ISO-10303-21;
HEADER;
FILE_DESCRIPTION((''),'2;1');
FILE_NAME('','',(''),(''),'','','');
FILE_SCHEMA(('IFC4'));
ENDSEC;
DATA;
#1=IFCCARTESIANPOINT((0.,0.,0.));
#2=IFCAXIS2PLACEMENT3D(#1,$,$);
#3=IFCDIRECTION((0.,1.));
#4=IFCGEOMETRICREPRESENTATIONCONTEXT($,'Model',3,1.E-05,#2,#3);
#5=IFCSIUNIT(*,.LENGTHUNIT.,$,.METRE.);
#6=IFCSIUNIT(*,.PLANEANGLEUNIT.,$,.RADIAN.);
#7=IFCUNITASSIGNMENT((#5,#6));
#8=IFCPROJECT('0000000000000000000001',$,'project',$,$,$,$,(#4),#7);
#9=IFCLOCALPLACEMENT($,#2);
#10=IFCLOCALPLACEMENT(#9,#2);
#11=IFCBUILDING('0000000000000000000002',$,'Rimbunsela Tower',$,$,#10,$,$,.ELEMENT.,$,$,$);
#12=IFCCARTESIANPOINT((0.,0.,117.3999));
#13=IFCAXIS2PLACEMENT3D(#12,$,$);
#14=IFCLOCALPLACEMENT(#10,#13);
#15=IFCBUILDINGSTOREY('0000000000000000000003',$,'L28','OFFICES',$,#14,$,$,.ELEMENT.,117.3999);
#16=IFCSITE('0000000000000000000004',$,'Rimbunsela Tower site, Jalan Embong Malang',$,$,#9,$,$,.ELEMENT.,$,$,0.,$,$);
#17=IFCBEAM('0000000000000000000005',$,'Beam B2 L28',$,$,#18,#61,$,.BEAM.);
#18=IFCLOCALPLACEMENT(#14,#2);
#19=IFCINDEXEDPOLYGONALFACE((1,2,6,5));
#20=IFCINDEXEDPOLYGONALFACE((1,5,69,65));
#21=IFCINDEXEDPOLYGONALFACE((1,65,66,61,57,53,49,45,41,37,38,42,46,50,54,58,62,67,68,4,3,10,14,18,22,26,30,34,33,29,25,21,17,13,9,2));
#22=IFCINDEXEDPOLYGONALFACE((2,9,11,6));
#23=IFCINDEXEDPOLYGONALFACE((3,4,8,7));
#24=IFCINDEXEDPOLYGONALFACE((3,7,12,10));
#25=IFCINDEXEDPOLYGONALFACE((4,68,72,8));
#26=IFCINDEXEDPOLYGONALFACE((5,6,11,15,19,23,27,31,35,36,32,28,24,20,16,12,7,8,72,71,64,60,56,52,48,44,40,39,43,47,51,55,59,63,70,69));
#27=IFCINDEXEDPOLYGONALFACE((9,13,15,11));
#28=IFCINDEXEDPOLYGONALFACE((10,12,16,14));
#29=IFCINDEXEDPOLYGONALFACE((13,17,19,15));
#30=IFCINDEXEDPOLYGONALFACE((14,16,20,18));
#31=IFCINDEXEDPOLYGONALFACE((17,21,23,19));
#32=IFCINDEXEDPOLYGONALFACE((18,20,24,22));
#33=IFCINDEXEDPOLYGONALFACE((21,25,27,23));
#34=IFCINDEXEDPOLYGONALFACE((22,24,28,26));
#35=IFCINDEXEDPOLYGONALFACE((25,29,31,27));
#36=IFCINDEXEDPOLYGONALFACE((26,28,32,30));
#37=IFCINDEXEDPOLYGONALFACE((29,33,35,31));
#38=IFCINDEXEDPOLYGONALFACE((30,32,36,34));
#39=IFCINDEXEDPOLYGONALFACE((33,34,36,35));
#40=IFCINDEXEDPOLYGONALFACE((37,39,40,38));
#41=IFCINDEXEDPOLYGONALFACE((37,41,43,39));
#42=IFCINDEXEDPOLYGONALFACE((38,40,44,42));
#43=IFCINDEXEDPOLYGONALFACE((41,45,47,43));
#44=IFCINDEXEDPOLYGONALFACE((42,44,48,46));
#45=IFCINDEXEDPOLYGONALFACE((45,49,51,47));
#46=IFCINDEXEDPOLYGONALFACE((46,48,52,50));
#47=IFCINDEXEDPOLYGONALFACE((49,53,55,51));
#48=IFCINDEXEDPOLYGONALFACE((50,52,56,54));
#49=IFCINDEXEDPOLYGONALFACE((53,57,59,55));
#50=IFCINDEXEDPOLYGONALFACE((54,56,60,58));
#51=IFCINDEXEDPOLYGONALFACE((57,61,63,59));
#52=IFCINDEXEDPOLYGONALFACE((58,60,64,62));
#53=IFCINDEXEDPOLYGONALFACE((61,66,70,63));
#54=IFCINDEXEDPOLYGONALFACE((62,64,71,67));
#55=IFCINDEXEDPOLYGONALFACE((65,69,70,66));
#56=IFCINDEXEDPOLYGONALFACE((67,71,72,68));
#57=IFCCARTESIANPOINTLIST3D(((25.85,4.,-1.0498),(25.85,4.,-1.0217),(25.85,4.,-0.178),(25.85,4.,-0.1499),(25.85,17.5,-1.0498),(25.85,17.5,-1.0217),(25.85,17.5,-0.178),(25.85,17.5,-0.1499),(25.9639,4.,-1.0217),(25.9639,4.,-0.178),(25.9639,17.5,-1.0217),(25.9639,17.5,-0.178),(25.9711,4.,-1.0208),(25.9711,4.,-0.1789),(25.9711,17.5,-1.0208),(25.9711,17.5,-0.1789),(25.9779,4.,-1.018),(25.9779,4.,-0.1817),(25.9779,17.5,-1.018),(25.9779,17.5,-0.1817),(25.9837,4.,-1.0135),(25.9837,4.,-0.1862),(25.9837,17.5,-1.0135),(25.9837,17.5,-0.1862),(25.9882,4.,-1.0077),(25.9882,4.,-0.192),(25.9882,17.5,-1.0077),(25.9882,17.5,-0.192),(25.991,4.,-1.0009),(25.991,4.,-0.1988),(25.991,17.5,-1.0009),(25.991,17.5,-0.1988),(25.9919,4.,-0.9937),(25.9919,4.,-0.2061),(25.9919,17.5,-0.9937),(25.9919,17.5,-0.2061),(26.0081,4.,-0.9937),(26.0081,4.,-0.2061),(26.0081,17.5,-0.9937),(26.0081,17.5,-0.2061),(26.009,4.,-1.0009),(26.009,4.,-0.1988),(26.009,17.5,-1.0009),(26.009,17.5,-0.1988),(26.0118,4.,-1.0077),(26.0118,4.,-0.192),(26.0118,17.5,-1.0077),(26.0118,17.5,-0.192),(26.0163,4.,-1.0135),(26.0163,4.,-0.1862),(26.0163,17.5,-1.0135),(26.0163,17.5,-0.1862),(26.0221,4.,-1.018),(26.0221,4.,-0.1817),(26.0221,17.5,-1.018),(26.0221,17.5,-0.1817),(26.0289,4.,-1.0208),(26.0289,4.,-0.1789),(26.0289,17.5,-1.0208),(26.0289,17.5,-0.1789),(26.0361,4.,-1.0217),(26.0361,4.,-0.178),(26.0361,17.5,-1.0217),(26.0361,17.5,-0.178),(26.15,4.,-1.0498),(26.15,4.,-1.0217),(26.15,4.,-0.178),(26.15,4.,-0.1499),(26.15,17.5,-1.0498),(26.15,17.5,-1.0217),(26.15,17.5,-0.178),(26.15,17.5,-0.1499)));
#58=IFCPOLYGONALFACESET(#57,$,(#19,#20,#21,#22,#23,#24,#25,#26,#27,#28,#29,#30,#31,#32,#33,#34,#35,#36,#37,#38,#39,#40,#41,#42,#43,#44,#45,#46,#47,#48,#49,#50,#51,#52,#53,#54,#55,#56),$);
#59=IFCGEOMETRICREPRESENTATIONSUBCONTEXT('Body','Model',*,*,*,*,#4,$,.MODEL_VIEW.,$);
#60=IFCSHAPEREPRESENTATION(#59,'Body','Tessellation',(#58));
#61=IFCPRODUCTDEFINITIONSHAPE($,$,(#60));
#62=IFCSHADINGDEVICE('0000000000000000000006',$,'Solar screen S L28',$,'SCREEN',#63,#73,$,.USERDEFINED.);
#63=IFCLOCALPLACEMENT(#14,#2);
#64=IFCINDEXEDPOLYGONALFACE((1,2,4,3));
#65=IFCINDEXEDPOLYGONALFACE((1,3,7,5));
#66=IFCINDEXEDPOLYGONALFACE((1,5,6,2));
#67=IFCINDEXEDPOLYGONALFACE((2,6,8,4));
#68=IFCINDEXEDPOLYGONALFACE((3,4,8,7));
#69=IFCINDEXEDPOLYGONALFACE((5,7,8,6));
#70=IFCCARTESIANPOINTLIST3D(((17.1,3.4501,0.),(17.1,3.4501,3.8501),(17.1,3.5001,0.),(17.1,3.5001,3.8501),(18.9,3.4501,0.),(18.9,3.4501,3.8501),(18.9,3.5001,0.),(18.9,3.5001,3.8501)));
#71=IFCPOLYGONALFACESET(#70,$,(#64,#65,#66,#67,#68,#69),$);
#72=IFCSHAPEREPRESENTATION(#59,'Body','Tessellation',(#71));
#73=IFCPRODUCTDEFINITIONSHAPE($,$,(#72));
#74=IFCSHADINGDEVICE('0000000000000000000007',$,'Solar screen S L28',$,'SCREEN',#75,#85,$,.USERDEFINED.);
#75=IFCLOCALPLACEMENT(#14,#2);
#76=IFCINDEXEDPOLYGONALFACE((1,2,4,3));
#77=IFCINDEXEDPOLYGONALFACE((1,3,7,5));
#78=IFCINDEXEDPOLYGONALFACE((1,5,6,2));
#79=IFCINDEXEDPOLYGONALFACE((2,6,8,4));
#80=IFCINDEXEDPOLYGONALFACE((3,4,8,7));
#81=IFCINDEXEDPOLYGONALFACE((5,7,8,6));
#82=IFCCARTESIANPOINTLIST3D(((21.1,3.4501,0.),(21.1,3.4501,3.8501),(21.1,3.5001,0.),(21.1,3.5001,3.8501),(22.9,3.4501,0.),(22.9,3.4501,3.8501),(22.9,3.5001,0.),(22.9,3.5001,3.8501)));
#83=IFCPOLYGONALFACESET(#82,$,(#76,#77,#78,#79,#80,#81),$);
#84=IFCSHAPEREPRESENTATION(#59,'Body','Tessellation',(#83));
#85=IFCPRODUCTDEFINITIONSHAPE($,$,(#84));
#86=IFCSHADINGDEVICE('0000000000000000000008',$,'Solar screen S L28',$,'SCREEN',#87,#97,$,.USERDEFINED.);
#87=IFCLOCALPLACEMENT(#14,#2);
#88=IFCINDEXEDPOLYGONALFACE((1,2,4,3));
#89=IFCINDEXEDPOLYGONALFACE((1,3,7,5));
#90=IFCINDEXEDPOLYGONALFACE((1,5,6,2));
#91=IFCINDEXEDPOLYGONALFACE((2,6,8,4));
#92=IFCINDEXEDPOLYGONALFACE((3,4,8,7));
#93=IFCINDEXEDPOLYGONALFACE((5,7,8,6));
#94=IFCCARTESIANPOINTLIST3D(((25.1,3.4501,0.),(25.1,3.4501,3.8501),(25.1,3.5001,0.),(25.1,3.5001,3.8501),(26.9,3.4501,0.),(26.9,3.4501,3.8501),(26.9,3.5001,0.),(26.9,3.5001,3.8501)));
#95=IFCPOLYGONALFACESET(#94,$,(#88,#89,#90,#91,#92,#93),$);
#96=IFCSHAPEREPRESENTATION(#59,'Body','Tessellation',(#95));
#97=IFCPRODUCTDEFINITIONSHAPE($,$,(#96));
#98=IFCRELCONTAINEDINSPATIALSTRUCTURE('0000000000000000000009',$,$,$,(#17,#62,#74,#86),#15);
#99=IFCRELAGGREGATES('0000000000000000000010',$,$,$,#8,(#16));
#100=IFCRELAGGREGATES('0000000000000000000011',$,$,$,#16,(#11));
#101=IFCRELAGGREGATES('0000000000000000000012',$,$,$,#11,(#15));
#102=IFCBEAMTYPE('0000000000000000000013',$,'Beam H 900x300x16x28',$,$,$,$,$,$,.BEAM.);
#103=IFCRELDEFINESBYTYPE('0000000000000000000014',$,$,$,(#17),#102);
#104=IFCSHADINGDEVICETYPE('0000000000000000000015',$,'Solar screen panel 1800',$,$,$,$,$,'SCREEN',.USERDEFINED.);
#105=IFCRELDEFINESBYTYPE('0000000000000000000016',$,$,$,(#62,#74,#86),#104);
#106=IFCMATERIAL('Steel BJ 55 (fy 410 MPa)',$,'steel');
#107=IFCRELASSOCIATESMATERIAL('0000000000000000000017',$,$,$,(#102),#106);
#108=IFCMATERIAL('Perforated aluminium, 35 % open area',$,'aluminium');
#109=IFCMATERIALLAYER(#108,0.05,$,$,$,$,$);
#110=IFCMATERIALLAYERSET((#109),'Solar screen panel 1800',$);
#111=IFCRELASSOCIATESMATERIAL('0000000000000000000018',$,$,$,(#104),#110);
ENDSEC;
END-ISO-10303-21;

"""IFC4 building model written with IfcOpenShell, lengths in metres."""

from ifc_helpers import new_model, si_unit, direction, frame, origin, origin_2d, place, context, subcontext, project, spatial, rectangle, i_section, extrude, material, layer, layer_set, material_profile, profile_set, type_object, element, save


model = new_model("IFC4")

# Units and contexts
model_context = context("Model", 3, precision=1e-05, world=origin(), true_north=direction((0.0, 1.0)))
body_context = subcontext(model_context, "Body", "Model", "MODEL_VIEW")
ifc_project = project(units=[si_unit("LENGTHUNIT", "METRE"), si_unit("PLANEANGLEUNIT", "RADIAN")], contexts=[model_context])

# Site, building, storey
site_placement = place(None, origin())
site = spatial("IfcSite", under=ifc_project, at=site_placement, Name="Rimbunsela Tower site, Jalan Embong Malang", CompositionType="ELEMENT", RefElevation=0.0)
building_placement = place(site_placement, origin())
building = spatial("IfcBuilding", under=site, at=building_placement, Name="Rimbunsela Tower", CompositionType="ELEMENT")
storey_placement = place(building_placement, frame((0.0, 0.0, 117.3999)))
storey = spatial("IfcBuildingStorey", under=building, at=storey_placement, Name="L28", Description="OFFICES", CompositionType="ELEMENT", Elevation=117.3999)

# Beam
ifc_material_1 = material(Name="Steel BJ 55 (fy 410 MPa)", Category="steel")
ifc_material_profile_1 = material_profile(ifc_material_1, i_section(OverallWidth=0.3, OverallDepth=0.8999, WebThickness=0.0161, FlangeThickness=0.0281, FilletRadius=0.0281, at=origin_2d()), Name="H 900x300x16x28")
ifc_profile_set_1 = profile_set([ifc_material_profile_1], Name="Steel BJ 55 (fy 410 MPa)")
beam_type_1 = type_object("IfcBeamType", Name="Beam H 900x300x16x28", PredefinedType="BEAM", material=ifc_profile_set_1)
for number, where, z_axis, x_axis, name in (
    (1, (26.0, 4.0, -0.5999), (0.0, 1.0, 0.0), (-1.0, 0.0, 0.0), "Beam B2 L28"),
):
    element("IfcBeam", number, at=place(storey_placement, frame(where, z_axis=z_axis, x_axis=x_axis)), inside=storey, type_object=beam_type_1, Name=name, PredefinedType="BEAM", context=body_context, shape_type="SweptSolid", body=[
        extrude(i_section(OverallWidth=0.3, OverallDepth=0.8999, WebThickness=0.0161, FlangeThickness=0.0281, FilletRadius=0.0281, at=origin_2d()), origin(), (0.0, 0.0, 1.0), 13.5),
    ])

# Shading devices
ifc_material_2 = material(Name="Perforated aluminium, 35 % open area", Category="aluminium")
ifc_layer = layer(ifc_material_2, 0.05)
ifc_layer_set = layer_set([ifc_layer], Name="Solar screen panel 1800")
shading_device_type = type_object("IfcShadingDeviceType", Name="Solar screen panel 1800", ElementType="SCREEN", PredefinedType="USERDEFINED", material=ifc_layer_set)
for number, where, z_axis, x_axis, name in (
    (2, (18.0, 3.4751, 0.0), (0.0, 0.0, 1.0), (1.0, 0.0, 0.0), "Solar screen S L28"),
    (3, (22.0, 3.4751, 0.0), (0.0, 0.0, 1.0), (1.0, 0.0, 0.0), "Solar screen S L28"),
    (4, (26.0, 3.4751, 0.0), (0.0, 0.0, 1.0), (1.0, 0.0, 0.0), "Solar screen S L28"),
):
    element("IfcShadingDevice", number, at=place(storey_placement, frame(where, z_axis=z_axis, x_axis=x_axis)), inside=storey, type_object=shading_device_type, Name=name, ObjectType="SCREEN", PredefinedType="USERDEFINED", context=body_context, shape_type="SweptSolid", body=[
        extrude(rectangle(XDim=1.8, YDim=0.05, at=origin_2d()), origin(), (0.0, 0.0, 1.0), 3.8501),
    ])

save(model, "model.ifc")
